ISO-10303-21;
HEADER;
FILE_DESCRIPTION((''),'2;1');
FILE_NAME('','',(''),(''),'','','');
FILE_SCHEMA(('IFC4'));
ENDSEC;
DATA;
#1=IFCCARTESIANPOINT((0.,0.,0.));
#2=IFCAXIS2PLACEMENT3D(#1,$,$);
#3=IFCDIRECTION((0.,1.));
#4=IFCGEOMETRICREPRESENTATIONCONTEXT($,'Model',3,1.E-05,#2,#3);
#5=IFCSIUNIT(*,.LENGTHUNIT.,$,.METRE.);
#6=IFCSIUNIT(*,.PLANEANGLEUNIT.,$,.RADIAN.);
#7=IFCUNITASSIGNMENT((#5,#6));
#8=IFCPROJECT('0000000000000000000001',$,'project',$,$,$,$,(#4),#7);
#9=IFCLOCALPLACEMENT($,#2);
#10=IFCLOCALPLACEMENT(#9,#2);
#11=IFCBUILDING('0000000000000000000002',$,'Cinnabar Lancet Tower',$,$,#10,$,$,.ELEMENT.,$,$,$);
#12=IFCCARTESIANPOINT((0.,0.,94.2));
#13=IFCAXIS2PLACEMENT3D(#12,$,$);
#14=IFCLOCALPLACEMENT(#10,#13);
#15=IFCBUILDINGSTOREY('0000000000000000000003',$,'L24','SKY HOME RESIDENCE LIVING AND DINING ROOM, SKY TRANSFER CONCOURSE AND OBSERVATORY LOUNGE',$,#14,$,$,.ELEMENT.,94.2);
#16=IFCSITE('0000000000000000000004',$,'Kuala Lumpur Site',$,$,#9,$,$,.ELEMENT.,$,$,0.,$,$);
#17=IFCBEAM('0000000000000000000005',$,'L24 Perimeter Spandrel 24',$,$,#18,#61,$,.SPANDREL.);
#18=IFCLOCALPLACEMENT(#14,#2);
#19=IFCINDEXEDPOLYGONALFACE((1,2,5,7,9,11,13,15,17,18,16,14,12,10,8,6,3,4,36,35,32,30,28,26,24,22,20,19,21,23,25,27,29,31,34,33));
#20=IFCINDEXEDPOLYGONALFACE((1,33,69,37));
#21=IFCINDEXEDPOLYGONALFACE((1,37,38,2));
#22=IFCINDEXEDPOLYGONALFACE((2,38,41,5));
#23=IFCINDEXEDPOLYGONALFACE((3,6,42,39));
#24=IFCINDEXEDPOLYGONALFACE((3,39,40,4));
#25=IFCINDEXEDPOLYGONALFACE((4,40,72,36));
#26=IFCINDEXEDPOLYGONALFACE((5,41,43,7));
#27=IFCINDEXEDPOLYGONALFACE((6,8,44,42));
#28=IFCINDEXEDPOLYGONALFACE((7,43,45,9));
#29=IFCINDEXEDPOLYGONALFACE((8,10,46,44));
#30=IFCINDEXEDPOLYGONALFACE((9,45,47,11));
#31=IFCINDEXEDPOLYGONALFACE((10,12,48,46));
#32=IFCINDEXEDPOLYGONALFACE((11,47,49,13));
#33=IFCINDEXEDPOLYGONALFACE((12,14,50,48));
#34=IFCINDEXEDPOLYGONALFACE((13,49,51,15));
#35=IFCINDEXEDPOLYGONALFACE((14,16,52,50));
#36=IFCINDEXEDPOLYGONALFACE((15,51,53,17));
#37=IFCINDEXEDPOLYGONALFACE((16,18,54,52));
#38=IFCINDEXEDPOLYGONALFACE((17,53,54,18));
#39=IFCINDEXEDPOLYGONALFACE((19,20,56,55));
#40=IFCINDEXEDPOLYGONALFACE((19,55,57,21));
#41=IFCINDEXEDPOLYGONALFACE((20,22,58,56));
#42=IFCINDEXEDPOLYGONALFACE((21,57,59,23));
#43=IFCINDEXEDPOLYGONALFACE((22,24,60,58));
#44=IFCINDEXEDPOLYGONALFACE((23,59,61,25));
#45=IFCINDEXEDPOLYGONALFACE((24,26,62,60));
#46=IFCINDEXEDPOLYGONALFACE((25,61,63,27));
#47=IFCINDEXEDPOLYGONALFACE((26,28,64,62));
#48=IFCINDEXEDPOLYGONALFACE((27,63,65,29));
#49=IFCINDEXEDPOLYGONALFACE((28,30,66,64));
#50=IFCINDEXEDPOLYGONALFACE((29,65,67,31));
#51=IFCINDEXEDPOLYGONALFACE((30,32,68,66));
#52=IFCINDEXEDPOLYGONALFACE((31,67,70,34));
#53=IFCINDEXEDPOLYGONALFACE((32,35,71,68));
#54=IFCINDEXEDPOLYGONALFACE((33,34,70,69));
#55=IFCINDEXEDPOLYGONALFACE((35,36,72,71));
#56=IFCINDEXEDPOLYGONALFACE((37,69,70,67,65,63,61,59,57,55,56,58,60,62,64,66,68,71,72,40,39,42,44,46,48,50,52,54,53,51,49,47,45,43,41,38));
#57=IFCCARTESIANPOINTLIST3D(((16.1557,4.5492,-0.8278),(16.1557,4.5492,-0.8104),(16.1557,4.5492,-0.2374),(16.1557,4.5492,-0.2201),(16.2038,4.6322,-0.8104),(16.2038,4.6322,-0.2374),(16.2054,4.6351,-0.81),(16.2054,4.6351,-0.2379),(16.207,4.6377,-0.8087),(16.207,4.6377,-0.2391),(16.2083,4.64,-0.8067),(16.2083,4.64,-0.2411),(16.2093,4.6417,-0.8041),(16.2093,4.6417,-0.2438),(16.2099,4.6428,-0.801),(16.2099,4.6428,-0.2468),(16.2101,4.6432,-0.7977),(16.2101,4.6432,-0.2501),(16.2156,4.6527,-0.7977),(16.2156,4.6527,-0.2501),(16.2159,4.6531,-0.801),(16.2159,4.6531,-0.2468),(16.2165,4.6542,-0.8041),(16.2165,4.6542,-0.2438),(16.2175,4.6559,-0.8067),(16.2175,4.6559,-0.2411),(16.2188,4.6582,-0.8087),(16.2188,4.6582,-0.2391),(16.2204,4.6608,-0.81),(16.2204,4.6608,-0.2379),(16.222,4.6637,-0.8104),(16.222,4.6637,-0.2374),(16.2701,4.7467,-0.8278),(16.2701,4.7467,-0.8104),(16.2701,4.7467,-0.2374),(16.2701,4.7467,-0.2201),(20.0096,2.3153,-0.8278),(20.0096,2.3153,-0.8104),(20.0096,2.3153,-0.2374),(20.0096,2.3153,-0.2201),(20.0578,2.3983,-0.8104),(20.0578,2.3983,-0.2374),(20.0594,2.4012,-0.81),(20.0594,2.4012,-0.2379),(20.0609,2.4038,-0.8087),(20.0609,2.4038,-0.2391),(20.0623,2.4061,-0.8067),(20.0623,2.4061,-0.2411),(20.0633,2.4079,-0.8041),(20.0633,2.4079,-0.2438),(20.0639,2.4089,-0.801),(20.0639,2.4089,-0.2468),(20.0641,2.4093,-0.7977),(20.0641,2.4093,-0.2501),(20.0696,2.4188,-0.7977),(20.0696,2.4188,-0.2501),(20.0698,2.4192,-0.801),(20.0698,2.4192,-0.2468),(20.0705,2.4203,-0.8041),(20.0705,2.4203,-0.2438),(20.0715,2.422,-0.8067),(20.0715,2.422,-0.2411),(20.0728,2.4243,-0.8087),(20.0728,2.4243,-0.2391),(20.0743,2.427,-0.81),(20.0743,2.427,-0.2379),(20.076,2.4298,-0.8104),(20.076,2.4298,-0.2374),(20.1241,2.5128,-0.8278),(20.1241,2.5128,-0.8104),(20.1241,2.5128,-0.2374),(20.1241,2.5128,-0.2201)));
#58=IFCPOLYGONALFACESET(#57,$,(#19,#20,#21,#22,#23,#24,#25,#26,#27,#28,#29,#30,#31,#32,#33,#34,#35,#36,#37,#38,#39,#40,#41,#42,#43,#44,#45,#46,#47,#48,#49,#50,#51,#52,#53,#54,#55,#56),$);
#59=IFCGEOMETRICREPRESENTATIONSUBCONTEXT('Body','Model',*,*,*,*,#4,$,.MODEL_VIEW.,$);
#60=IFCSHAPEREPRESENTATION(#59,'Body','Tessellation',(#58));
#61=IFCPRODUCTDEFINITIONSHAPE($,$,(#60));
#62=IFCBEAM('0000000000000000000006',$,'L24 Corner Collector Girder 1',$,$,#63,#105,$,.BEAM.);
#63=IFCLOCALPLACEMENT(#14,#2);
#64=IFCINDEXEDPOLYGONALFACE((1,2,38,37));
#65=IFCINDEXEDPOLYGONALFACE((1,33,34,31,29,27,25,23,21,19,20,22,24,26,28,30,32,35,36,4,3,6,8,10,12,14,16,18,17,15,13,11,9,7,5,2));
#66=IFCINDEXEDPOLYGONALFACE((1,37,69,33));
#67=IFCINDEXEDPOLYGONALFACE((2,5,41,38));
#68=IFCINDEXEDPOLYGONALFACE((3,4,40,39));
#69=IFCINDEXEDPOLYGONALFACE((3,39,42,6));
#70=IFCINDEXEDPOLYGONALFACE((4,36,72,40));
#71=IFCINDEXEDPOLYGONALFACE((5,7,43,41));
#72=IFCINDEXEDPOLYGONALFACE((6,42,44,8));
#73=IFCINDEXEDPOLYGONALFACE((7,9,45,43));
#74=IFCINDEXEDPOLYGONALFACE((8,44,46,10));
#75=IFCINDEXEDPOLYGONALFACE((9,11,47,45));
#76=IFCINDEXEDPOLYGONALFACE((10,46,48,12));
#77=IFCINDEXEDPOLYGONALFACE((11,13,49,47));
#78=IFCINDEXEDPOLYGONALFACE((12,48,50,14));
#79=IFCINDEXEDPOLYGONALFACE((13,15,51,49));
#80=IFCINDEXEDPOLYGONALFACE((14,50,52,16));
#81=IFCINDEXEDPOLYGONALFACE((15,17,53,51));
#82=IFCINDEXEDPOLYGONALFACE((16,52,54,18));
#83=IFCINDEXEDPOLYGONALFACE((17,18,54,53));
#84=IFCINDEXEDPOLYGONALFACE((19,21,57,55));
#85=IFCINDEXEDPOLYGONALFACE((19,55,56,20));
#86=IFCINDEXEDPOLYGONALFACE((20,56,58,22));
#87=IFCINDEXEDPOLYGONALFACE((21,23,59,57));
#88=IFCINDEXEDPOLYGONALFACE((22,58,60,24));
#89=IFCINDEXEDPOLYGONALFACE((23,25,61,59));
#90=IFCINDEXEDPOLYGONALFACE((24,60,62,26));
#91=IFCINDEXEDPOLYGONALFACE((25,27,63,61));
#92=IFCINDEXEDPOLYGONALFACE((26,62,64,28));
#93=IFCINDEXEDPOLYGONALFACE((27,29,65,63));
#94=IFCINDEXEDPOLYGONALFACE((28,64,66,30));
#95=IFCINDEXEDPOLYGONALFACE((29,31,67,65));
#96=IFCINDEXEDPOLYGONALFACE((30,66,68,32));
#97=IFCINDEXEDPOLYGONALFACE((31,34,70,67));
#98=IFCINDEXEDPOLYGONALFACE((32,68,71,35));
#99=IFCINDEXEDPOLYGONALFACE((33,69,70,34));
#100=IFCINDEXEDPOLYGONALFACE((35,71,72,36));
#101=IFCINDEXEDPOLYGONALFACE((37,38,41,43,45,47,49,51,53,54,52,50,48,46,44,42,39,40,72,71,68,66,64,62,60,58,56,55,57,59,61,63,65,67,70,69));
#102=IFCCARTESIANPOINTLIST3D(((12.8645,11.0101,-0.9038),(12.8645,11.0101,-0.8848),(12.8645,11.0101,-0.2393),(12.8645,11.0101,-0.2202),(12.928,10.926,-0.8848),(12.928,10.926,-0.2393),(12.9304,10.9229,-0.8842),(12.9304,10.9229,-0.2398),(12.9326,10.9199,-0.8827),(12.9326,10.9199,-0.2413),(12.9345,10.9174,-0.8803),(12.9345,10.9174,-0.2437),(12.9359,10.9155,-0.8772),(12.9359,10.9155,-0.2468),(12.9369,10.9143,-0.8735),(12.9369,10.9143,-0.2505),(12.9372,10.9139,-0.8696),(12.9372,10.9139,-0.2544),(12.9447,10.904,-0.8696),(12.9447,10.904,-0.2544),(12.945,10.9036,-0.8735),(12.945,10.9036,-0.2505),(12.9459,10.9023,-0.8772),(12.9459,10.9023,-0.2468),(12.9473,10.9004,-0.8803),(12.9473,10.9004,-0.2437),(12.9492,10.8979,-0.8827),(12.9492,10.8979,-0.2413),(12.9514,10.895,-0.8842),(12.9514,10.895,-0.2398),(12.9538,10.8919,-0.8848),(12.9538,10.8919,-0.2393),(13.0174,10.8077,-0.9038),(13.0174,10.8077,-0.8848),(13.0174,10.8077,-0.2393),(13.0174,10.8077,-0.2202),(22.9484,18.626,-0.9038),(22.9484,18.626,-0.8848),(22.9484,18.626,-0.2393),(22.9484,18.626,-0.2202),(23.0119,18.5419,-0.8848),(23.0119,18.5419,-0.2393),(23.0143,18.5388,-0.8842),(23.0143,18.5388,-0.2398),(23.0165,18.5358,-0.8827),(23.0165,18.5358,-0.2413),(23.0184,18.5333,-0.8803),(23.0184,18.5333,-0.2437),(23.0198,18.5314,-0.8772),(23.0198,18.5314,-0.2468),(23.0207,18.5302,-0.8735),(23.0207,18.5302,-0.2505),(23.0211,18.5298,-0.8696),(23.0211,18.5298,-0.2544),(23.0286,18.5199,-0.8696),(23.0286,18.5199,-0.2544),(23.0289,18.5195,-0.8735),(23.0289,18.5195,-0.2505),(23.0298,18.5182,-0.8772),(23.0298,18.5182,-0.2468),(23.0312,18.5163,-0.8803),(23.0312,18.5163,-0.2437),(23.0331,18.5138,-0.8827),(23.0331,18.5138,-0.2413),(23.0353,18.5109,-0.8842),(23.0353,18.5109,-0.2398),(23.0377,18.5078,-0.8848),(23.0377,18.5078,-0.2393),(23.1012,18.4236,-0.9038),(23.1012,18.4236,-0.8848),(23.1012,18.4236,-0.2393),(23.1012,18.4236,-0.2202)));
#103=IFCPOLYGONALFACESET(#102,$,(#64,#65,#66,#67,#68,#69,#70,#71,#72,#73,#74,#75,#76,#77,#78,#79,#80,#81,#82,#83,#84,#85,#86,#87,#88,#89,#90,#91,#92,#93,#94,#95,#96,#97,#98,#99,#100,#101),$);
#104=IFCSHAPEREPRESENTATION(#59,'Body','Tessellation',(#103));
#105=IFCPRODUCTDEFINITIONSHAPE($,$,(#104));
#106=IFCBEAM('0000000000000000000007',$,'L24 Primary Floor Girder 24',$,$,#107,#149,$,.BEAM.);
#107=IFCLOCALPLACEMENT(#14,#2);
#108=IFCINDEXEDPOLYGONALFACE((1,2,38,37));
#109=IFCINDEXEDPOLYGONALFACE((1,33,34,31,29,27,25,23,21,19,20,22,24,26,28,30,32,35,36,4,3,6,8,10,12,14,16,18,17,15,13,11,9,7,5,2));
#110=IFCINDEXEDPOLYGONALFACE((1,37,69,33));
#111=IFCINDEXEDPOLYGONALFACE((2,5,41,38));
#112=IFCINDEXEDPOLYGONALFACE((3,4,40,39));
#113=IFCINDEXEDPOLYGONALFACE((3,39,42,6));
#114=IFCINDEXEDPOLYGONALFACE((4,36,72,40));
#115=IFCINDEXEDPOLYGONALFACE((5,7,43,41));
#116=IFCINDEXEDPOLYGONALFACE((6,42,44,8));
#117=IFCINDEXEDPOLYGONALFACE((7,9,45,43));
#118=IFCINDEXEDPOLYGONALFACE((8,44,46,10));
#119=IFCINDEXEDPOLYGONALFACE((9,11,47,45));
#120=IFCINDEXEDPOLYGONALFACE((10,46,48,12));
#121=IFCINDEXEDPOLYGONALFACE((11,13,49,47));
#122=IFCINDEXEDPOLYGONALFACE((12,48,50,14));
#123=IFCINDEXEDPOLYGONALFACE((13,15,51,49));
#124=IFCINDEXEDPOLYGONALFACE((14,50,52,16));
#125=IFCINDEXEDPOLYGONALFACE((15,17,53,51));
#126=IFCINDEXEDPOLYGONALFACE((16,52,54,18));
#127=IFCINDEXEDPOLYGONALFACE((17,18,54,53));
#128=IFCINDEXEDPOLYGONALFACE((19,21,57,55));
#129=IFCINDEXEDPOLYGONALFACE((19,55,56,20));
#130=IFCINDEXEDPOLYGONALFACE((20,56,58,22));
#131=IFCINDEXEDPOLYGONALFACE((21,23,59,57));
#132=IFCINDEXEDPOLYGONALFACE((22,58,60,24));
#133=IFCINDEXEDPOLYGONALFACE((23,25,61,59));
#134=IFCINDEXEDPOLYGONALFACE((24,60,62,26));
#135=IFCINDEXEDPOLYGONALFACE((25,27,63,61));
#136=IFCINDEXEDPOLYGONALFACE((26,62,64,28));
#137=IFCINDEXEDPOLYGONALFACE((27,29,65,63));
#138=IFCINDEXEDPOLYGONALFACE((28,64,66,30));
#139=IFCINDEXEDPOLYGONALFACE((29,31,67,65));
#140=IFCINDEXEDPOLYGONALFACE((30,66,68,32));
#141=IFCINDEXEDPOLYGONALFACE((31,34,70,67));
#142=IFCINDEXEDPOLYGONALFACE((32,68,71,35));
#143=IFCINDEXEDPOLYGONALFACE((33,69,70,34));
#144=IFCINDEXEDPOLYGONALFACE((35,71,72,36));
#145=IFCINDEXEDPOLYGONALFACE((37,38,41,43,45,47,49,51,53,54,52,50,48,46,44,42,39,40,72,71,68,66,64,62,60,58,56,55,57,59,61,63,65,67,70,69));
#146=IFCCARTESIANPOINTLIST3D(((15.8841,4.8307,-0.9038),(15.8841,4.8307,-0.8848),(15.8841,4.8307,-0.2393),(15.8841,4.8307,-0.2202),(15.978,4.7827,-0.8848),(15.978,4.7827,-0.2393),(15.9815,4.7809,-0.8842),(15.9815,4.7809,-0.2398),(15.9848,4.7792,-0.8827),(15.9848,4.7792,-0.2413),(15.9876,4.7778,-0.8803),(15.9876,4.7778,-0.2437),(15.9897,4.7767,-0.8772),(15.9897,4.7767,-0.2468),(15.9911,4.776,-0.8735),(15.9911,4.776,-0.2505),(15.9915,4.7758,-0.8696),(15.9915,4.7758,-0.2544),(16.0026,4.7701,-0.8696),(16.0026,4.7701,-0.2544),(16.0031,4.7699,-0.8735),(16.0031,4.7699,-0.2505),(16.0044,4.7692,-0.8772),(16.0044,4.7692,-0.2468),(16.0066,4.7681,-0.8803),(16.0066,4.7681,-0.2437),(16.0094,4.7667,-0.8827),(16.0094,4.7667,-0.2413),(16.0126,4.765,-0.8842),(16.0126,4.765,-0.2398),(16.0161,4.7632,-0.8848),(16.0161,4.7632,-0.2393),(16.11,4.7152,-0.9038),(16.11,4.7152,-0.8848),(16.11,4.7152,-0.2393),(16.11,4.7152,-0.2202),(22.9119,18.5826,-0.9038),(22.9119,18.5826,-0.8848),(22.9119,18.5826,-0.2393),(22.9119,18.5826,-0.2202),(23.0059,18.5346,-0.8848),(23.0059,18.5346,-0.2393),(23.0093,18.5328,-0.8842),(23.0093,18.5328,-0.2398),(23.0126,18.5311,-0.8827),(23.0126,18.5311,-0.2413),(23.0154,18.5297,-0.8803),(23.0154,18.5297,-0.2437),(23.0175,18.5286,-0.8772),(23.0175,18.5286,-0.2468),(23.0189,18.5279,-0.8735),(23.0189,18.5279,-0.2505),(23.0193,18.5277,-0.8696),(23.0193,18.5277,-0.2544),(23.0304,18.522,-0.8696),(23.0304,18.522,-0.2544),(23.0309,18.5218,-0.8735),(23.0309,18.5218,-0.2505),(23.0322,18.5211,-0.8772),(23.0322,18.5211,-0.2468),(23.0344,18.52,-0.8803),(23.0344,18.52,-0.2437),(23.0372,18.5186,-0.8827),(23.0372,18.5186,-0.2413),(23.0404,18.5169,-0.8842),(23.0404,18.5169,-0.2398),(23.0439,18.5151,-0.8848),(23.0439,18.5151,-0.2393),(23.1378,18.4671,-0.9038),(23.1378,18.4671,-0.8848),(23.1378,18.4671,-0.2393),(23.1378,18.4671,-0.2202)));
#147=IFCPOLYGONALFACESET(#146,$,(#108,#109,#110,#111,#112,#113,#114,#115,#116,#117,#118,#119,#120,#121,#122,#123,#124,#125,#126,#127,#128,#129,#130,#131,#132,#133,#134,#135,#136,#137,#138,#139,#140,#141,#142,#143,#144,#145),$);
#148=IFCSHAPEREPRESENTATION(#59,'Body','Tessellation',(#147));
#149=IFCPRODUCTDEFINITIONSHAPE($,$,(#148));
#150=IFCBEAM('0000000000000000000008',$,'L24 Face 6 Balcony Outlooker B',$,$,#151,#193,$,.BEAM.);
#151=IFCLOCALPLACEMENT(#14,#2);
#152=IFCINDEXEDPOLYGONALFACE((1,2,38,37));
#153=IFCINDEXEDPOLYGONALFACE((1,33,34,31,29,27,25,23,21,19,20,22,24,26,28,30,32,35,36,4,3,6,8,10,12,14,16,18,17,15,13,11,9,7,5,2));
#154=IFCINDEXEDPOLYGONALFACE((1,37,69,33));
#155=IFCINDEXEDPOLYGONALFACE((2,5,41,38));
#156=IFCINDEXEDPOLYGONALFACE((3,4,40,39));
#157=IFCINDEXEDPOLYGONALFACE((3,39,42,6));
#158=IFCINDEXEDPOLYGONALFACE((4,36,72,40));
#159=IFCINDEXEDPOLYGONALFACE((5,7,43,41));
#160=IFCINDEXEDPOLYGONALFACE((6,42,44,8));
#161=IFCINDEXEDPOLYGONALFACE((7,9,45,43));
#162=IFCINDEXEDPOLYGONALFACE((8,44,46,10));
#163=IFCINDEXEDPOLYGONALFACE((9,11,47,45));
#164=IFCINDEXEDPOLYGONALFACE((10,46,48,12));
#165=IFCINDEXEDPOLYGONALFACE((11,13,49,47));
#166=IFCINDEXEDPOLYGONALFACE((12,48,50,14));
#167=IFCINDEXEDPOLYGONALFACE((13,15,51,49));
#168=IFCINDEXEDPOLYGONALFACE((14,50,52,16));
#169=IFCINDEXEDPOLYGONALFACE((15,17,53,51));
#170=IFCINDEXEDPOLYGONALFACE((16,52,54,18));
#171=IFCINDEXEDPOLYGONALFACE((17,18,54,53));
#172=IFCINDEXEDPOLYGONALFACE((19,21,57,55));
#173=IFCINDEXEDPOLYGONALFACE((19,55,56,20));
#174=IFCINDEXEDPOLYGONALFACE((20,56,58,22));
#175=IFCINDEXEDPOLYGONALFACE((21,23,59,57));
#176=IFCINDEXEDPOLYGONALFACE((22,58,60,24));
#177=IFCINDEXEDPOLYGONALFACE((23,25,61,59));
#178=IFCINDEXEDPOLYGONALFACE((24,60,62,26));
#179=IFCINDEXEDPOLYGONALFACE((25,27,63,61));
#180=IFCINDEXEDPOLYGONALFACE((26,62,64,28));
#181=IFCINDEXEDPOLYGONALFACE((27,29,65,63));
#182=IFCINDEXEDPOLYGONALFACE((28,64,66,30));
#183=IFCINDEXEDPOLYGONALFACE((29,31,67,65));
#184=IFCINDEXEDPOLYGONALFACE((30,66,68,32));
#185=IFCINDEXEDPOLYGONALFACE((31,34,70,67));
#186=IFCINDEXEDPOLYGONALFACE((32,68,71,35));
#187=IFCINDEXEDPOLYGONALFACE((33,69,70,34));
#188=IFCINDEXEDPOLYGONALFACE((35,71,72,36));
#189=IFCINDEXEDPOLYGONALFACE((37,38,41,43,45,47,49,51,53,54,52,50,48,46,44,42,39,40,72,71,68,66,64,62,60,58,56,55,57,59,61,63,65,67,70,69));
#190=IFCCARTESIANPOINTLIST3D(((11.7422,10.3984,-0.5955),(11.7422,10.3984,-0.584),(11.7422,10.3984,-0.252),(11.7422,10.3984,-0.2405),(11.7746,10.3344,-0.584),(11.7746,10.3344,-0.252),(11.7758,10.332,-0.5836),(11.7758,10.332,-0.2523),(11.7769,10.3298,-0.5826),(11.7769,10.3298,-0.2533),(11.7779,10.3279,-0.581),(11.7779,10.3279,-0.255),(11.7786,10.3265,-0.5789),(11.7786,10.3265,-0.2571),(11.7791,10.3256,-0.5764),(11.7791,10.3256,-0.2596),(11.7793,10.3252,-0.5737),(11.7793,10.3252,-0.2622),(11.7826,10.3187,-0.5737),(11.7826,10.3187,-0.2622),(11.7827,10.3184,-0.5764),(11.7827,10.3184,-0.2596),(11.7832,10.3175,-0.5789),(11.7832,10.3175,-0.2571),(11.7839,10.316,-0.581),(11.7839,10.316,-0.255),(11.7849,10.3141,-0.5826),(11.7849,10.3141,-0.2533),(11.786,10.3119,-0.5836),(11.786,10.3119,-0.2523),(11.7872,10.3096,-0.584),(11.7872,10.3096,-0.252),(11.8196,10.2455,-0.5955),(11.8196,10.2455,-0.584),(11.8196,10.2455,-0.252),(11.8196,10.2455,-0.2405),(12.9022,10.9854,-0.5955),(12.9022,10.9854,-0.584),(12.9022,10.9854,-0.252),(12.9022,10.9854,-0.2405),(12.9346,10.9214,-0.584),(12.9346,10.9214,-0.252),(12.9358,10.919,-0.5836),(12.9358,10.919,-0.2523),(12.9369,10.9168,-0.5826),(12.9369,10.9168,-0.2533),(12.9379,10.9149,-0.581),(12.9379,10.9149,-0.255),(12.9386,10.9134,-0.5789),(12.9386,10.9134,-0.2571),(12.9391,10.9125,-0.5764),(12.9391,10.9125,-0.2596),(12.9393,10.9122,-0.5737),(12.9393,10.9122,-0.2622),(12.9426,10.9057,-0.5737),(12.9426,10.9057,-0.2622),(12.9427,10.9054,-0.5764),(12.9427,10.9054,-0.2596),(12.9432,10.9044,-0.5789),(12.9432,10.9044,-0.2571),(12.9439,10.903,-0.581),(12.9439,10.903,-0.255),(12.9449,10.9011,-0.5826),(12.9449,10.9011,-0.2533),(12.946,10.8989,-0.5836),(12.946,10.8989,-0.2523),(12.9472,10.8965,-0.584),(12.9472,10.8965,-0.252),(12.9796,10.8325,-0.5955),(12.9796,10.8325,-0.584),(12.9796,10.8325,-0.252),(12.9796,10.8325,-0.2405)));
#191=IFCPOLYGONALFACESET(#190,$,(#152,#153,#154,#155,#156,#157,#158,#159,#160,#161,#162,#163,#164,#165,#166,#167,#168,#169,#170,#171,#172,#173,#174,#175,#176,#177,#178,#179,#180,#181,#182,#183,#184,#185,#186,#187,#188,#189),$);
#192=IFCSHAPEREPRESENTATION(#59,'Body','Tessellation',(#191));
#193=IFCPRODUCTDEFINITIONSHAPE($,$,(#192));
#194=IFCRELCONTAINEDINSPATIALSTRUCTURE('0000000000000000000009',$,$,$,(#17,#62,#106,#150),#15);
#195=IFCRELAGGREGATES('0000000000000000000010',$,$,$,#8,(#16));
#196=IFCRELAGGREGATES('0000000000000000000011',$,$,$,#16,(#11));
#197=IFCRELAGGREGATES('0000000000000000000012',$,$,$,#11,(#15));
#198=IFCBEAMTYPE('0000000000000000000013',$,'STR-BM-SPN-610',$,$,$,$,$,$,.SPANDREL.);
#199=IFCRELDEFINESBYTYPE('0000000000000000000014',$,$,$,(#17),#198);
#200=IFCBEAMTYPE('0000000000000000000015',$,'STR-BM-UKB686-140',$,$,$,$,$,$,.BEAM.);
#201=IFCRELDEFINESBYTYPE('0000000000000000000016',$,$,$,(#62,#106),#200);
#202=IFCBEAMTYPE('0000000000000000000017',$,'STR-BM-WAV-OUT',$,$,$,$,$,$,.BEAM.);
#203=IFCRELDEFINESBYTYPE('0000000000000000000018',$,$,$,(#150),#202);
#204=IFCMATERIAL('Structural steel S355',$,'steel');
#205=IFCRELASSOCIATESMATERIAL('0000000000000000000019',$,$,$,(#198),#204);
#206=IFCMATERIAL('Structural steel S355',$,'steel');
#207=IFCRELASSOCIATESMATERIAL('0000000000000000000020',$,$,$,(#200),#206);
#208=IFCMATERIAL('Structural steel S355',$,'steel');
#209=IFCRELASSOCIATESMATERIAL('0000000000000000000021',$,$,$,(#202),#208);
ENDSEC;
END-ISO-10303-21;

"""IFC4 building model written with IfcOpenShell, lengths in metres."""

from ifc_helpers import new_model, si_unit, direction, frame, origin, origin_2d, place, context, subcontext, project, spatial, i_section, extrude, material, material_profile, profile_set, type_object, element, save


model = new_model("IFC4")

# Units and contexts
model_context = context("Model", 3, precision=1e-05, world=origin(), true_north=direction((0.0, 1.0)))
body_context = subcontext(model_context, "Body", "Model", "MODEL_VIEW")
ifc_project = project(units=[si_unit("LENGTHUNIT", "METRE"), si_unit("PLANEANGLEUNIT", "RADIAN")], contexts=[model_context])

# Site, building, storey
site_placement = place(None, origin())
site = spatial("IfcSite", under=ifc_project, at=site_placement, Name="Kuala Lumpur Site", CompositionType="ELEMENT", RefElevation=0.0)
building_placement = place(site_placement, origin())
building = spatial("IfcBuilding", under=site, at=building_placement, Name="Cinnabar Lancet Tower", CompositionType="ELEMENT")
storey_placement = place(building_placement, frame((0.0, 0.0, 94.2)))
storey = spatial("IfcBuildingStorey", under=building, at=storey_placement, Name="L24", Description="SKY HOME RESIDENCE LIVING AND DINING ROOM, SKY TRANSFER CONCOURSE AND OBSERVATORY LOUNGE", CompositionType="ELEMENT", Elevation=94.2)

# Beams
ifc_material_1 = material(Name="Structural steel S355", Category="steel")
ifc_material_profile_1 = material_profile(ifc_material_1, i_section(OverallWidth=0.2283, OverallDepth=0.6077, WebThickness=0.011, FlangeThickness=0.0173, FilletRadius=0.0127, at=origin_2d()), Name="UKB 610x229x113")
ifc_profile_set_1 = profile_set([ifc_material_profile_1], Name="Structural steel S355")
beam_type_1 = type_object("IfcBeamType", Name="STR-BM-SPN-610", PredefinedType="SPANDREL", material=ifc_profile_set_1)
beam_1_placement = place(storey_placement, frame((16.2129, 4.6479, -0.5239), z_axis=(0.865171, -0.501477, 0.0), x_axis=(0.501477, 0.865171, 0.0)))
element("IfcBeam", 1, at=beam_1_placement, inside=storey, type_object=beam_type_1, Name="L24 Perimeter Spandrel 24", PredefinedType="SPANDREL", context=body_context, shape_type="SweptSolid", body=[
    extrude(i_section(OverallWidth=0.2283, OverallDepth=0.6077, WebThickness=0.011, FlangeThickness=0.0173, FilletRadius=0.0127, at=origin_2d()), origin(), (0.0, 0.0, 1.0), 4.4546),
])
ifc_material_2 = material(Name="Structural steel S355", Category="steel")
ifc_material_profile_2 = material_profile(ifc_material_2, i_section(OverallWidth=0.2537, OverallDepth=0.6836, WebThickness=0.0125, FlangeThickness=0.019, FilletRadius=0.0151, at=origin_2d()), Name="UKB 686x254x140")
ifc_profile_set_2 = profile_set([ifc_material_profile_2], Name="Structural steel S355")
beam_type_2 = type_object("IfcBeamType", Name="STR-BM-UKB686-140", PredefinedType="BEAM", material=ifc_profile_set_2)
beam_2_placement = place(storey_placement, frame((12.9409, 10.9089, -0.562), z_axis=(0.797983, 0.60268, 0.0), x_axis=(-0.60268, 0.797983, 0.0)))
element("IfcBeam", 2, at=beam_2_placement, inside=storey, type_object=beam_type_2, Name="L24 Corner Collector Girder 1", PredefinedType="BEAM", context=body_context, shape_type="SweptSolid", body=[
    extrude(i_section(OverallWidth=0.2537, OverallDepth=0.6836, WebThickness=0.0125, FlangeThickness=0.019, FilletRadius=0.0151, at=origin_2d()), origin(), (0.0, 0.0, 1.0), 12.6367),
])
beam_3_placement = place(storey_placement, frame((15.9971, 4.7729, -0.562), z_axis=(0.455063, 0.890459, 0.0), x_axis=(-0.890459, 0.455063, 0.0)))
element("IfcBeam", 3, at=beam_3_placement, inside=storey, type_object=beam_type_2, Name="L24 Primary Floor Girder 24", PredefinedType="BEAM", context=body_context, shape_type="SweptSolid", body=[
    extrude(i_section(OverallWidth=0.2537, OverallDepth=0.6836, WebThickness=0.0125, FlangeThickness=0.019, FilletRadius=0.0151, at=origin_2d()), origin(), (0.0, 0.0, 1.0), 15.4436),
])
ifc_material_3 = material(Name="Structural steel S355", Category="steel")
ifc_material_profile_3 = material_profile(ifc_material_3, i_section(OverallWidth=0.1714, OverallDepth=0.355, WebThickness=0.0073, FlangeThickness=0.0115, FilletRadius=0.0103, at=origin_2d()), Name="UKB 356x171x51")
ifc_profile_set_3 = profile_set([ifc_material_profile_3], Name="Structural steel S355")
beam_type_3 = type_object("IfcBeamType", Name="STR-BM-WAV-OUT", PredefinedType="BEAM", material=ifc_profile_set_3)
beam_4_placement = place(storey_placement, frame((12.9409, 10.9089, -0.418), z_axis=(-0.892276, -0.45149, 0.0), x_axis=(0.45149, -0.892276, 0.0)))
element("IfcBeam", 4, at=beam_4_placement, inside=storey, type_object=beam_type_3, Name="L24 Face 6 Balcony Outlooker B", PredefinedType="BEAM", context=body_context, shape_type="SweptSolid", body=[
    extrude(i_section(OverallWidth=0.1714, OverallDepth=0.355, WebThickness=0.0073, FlangeThickness=0.0115, FilletRadius=0.0103, at=origin_2d()), origin(), (0.0, 0.0, 1.0), 1.3),
])

save(model, "model.ifc")
